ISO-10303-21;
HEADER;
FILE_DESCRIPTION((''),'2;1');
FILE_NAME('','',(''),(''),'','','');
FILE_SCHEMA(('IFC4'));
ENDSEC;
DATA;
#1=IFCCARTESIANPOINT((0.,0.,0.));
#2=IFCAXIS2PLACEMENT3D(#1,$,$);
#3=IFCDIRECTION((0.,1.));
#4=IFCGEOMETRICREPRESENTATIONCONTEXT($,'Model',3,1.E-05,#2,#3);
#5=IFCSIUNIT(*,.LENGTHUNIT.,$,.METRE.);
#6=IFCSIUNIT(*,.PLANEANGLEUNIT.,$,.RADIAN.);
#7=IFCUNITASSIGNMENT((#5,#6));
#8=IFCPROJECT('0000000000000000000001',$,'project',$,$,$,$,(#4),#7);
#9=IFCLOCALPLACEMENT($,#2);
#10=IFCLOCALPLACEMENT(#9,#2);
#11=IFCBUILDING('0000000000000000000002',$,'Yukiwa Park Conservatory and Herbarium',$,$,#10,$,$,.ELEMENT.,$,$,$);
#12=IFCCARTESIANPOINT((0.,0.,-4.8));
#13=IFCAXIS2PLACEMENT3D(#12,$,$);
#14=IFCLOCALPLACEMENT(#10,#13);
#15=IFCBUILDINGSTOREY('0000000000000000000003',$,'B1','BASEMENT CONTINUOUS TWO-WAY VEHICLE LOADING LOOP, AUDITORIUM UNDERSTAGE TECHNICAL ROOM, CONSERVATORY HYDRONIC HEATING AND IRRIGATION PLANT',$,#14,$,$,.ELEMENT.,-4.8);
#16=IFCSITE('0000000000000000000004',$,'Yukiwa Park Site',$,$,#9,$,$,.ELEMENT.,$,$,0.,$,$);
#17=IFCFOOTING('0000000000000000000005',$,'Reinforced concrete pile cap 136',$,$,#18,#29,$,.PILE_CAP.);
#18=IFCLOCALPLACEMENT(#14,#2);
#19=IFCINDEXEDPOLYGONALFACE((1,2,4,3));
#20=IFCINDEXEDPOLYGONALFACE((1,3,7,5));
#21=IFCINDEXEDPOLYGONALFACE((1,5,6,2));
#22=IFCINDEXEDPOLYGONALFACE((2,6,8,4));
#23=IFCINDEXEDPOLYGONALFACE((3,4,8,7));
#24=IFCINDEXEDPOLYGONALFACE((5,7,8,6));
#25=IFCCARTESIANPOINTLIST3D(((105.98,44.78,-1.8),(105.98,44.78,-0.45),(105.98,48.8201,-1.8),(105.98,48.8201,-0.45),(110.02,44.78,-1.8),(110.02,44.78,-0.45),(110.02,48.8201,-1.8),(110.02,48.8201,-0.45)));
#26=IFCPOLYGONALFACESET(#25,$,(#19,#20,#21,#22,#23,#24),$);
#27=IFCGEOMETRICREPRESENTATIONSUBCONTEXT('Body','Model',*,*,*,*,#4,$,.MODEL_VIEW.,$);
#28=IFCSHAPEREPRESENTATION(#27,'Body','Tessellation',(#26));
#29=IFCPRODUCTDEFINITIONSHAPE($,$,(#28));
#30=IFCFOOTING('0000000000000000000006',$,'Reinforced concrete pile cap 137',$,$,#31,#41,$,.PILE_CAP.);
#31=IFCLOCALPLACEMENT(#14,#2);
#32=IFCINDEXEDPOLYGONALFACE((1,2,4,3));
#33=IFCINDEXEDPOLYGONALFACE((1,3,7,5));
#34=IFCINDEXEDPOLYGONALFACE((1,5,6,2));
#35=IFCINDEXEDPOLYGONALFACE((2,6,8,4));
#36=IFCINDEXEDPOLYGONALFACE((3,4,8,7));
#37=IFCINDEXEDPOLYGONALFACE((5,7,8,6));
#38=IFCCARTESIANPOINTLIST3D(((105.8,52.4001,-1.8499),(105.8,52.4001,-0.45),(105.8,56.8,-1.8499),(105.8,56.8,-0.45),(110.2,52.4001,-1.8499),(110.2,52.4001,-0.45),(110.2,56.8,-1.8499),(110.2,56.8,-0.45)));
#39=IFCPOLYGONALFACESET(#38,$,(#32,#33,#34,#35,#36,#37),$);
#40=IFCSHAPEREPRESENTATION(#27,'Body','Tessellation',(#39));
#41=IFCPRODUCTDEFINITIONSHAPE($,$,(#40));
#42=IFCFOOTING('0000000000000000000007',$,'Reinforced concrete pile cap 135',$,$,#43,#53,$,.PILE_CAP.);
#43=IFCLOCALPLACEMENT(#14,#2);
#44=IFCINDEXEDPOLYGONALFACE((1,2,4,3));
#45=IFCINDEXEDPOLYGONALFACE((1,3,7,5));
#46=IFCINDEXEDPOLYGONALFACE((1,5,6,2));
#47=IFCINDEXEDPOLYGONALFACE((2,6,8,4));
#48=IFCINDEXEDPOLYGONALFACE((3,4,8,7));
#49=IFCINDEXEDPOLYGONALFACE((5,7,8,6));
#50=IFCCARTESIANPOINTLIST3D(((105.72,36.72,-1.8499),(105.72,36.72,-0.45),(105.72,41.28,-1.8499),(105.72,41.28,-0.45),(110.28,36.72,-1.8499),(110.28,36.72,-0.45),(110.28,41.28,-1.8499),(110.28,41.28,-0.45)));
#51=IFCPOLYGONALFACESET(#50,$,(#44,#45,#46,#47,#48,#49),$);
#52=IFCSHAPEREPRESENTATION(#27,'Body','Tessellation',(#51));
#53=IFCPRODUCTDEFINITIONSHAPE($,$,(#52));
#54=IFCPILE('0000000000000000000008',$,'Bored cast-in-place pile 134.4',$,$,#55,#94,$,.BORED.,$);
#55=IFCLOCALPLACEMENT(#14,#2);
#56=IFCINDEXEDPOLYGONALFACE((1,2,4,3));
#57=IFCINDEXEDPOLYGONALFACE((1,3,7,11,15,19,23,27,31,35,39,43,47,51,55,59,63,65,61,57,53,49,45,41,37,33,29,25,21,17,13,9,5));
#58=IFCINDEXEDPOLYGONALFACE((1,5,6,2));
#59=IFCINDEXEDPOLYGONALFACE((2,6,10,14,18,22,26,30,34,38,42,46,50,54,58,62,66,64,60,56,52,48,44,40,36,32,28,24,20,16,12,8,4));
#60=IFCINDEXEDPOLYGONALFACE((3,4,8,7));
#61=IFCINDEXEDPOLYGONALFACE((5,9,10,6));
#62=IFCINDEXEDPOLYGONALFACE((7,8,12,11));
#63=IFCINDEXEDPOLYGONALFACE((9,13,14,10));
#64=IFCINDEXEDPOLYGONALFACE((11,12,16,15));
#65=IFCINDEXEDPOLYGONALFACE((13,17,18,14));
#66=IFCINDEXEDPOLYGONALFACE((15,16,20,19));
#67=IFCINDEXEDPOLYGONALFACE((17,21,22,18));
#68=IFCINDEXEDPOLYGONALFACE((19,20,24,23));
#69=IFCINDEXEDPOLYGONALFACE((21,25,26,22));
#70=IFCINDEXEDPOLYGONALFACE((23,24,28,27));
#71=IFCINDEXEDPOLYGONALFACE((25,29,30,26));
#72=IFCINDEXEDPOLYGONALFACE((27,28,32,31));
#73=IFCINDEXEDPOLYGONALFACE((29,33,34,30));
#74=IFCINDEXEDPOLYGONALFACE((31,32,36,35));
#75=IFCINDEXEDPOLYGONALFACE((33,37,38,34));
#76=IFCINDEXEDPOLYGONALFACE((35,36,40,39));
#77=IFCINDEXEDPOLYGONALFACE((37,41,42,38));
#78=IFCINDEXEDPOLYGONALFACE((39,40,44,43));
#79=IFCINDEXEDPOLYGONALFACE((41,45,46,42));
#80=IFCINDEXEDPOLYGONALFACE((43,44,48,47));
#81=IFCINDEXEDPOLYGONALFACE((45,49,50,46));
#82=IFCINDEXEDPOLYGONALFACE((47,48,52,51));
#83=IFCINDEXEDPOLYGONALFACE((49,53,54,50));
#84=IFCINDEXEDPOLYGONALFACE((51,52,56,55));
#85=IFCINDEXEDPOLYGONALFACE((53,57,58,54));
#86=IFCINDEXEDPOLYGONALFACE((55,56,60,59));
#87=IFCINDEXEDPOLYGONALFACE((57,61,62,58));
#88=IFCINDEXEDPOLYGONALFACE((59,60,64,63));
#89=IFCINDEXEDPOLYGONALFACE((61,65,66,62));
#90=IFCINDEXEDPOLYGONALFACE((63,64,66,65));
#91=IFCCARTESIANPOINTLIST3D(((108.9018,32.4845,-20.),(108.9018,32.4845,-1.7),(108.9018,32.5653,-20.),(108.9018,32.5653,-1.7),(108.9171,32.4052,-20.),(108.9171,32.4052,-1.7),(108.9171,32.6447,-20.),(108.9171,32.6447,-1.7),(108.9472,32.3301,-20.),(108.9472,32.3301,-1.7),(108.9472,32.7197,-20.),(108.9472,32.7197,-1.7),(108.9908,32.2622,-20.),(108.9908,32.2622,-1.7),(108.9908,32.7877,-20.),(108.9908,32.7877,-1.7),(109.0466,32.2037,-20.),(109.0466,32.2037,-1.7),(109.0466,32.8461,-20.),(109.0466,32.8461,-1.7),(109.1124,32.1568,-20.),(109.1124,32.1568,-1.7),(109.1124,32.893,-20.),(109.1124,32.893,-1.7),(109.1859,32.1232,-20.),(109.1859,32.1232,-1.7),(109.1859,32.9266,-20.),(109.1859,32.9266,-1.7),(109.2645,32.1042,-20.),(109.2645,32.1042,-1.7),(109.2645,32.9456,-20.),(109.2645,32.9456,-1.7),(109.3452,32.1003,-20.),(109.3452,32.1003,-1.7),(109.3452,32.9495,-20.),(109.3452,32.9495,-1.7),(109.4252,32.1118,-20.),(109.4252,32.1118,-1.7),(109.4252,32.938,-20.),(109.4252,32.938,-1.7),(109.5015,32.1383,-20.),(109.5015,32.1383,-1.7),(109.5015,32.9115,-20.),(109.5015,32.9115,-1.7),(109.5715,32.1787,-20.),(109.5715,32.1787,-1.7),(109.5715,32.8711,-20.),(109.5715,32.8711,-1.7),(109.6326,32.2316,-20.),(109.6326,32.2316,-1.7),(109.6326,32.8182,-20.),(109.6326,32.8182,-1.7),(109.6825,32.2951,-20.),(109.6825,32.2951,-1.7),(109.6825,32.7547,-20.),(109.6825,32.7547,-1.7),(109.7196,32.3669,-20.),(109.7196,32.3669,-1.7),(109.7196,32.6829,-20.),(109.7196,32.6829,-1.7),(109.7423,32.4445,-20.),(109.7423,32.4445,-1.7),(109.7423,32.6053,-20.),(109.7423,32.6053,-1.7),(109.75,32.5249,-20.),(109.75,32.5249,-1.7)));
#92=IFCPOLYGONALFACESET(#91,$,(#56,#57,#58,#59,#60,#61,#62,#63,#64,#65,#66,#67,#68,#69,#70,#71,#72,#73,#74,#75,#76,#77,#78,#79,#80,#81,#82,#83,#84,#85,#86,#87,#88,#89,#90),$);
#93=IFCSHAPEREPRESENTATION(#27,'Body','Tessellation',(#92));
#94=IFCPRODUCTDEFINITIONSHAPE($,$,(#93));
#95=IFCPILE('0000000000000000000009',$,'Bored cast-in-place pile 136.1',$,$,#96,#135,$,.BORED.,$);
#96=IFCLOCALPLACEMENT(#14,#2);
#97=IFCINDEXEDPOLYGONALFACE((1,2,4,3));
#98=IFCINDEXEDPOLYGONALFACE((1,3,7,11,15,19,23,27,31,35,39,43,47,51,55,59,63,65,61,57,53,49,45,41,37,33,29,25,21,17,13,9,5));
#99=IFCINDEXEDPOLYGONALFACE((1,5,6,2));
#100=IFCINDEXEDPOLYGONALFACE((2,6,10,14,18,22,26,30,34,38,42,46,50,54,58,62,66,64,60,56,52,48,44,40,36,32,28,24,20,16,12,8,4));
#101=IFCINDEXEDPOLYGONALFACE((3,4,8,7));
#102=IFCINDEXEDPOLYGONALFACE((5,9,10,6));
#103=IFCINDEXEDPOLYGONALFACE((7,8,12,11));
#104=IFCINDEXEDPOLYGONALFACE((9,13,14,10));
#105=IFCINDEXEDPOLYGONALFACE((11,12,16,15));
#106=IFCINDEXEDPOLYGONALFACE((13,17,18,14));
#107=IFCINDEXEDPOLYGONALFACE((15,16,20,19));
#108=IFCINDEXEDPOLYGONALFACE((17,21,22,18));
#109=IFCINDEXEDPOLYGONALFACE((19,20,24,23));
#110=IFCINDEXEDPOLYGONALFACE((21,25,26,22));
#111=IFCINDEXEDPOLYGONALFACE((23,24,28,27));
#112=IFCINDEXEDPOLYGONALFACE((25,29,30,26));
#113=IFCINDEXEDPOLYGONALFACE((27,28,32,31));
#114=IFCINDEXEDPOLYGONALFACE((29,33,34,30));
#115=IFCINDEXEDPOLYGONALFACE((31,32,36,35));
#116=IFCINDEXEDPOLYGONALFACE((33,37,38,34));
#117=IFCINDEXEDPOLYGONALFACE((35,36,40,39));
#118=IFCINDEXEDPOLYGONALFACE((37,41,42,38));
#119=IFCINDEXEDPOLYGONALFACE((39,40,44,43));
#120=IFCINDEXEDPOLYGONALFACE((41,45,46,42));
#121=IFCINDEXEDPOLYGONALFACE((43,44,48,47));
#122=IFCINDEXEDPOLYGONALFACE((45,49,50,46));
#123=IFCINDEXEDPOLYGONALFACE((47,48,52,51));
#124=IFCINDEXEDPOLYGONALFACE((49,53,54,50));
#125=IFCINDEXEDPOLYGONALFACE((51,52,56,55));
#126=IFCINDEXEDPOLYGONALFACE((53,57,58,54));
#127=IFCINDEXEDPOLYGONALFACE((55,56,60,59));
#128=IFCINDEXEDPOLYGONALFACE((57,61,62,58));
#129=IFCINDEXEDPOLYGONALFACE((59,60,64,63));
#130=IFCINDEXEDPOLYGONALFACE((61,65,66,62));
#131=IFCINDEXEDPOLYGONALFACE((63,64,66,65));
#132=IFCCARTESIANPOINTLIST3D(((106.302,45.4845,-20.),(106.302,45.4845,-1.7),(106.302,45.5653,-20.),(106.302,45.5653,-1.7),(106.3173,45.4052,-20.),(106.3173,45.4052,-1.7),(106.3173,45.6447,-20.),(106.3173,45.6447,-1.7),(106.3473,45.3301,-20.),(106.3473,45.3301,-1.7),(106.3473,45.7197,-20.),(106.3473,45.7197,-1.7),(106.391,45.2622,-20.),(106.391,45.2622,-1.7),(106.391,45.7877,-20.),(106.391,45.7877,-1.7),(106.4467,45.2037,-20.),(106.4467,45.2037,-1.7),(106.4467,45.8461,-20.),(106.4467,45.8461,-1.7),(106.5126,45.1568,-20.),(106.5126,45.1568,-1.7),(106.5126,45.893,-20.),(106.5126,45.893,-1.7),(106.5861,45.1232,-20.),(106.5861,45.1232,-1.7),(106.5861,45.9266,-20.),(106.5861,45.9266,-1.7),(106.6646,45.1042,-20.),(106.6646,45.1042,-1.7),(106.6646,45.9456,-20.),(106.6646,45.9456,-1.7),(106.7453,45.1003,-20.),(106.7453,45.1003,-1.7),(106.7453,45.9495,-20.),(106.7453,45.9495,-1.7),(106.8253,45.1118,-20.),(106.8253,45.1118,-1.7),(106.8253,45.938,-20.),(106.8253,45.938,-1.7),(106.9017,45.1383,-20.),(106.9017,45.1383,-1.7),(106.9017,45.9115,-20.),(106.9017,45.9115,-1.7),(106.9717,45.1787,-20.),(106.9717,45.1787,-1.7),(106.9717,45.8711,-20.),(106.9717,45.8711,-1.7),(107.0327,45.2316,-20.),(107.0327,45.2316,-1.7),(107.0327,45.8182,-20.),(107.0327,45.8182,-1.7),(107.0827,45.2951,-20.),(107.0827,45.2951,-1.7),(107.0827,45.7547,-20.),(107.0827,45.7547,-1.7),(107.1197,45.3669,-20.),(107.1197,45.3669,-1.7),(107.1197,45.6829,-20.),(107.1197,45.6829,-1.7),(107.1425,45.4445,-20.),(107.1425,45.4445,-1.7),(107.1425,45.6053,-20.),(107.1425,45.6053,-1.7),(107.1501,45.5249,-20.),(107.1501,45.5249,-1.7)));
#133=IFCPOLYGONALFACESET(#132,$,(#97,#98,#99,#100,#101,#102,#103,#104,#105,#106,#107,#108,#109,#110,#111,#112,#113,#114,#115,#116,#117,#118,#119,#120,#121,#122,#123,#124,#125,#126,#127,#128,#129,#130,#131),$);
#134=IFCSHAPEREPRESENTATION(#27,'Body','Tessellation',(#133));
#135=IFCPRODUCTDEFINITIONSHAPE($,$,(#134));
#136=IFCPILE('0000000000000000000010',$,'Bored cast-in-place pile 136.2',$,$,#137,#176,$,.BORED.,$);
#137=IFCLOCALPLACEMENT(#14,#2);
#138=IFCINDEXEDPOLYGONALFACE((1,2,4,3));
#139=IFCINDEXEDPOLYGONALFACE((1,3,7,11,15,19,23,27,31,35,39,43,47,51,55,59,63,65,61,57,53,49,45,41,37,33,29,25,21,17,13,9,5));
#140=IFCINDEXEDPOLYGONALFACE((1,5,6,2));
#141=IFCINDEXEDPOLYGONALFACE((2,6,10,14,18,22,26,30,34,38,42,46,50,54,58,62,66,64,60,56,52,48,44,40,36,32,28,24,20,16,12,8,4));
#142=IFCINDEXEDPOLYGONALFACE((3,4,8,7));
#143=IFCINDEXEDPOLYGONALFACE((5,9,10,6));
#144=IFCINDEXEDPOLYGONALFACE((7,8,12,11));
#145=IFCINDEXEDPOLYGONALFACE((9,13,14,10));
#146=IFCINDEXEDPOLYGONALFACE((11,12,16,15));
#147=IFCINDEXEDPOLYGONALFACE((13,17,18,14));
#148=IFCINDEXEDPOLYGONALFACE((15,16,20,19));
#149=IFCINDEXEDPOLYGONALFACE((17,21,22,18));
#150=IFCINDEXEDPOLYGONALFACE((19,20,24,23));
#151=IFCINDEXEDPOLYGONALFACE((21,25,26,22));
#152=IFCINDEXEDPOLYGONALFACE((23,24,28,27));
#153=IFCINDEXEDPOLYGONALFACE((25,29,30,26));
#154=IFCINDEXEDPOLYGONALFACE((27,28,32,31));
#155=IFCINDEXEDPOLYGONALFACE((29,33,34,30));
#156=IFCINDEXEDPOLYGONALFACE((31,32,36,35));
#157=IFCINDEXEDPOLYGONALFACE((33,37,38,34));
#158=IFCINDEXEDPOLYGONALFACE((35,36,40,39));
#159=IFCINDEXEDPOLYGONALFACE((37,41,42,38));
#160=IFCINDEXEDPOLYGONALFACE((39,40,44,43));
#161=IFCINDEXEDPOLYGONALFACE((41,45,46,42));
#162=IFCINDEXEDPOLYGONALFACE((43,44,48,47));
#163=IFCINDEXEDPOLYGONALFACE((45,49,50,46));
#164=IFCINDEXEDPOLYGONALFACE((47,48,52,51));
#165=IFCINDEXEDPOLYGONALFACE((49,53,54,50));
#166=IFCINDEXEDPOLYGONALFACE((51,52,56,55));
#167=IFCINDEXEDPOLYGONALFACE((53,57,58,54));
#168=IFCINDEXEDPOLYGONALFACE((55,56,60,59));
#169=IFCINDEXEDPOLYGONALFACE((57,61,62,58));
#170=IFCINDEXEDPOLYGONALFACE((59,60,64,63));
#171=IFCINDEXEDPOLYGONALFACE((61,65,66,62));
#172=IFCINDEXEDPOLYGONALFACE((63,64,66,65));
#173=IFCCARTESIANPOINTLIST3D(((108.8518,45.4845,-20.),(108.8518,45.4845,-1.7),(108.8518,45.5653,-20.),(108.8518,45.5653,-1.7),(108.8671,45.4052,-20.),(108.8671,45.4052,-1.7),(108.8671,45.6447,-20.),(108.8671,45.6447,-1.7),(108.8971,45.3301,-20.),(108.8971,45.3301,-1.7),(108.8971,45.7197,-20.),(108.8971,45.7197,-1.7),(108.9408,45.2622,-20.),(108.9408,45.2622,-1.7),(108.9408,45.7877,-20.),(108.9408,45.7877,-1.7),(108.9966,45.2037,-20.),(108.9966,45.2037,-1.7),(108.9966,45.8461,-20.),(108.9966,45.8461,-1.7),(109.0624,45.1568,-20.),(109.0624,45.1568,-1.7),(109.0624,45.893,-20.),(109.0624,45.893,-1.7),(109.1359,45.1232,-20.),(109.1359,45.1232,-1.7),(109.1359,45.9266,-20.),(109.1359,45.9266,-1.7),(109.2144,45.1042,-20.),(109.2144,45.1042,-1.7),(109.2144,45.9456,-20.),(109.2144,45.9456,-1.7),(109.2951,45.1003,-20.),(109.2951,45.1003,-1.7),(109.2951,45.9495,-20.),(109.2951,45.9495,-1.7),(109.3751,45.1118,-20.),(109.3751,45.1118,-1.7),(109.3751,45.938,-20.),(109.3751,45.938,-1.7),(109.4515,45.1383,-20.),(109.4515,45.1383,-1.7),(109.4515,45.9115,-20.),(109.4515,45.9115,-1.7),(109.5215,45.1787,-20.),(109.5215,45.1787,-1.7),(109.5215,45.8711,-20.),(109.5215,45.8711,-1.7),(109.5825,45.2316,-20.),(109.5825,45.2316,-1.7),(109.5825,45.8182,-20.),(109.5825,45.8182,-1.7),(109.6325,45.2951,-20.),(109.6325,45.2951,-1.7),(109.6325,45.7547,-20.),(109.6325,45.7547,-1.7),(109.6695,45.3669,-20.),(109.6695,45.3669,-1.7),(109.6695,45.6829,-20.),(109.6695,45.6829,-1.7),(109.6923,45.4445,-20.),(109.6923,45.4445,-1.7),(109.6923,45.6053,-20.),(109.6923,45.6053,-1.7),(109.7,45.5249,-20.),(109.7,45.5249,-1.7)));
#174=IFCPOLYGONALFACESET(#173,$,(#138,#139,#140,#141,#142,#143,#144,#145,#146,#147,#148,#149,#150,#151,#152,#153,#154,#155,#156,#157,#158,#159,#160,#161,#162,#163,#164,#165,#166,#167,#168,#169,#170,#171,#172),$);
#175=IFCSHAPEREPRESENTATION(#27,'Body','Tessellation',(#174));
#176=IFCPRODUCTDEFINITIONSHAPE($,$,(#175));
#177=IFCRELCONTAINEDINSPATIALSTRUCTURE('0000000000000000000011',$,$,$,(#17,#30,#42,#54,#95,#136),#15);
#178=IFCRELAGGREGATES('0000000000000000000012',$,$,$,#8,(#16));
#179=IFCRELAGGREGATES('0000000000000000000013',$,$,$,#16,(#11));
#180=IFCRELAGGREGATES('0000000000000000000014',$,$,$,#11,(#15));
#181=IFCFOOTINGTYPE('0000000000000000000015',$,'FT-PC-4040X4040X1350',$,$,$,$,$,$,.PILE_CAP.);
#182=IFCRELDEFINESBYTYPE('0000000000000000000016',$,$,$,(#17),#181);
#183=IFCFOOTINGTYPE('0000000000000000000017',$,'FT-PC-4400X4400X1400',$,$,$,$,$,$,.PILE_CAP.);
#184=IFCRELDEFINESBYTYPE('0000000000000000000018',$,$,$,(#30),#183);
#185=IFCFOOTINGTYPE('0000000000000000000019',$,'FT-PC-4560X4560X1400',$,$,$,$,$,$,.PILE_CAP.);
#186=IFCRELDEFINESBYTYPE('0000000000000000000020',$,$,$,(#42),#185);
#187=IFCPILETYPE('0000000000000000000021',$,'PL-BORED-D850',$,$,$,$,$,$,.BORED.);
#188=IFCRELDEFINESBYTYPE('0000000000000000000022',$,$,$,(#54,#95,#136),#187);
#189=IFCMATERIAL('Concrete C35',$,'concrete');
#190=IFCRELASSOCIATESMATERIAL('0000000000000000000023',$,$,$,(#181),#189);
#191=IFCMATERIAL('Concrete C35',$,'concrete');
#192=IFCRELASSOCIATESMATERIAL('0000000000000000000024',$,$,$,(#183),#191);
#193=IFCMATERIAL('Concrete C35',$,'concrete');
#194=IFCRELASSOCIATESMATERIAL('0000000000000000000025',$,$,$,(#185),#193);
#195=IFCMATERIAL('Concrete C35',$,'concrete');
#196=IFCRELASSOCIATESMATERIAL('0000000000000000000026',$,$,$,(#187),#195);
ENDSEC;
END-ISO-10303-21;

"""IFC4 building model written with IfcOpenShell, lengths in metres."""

from ifc_helpers import new_model, si_unit, direction, frame, origin, origin_2d, place, context, subcontext, project, spatial, rectangle, circle, extrude, material, material_profile, profile_set, type_object, element, save


model = new_model("IFC4")

# Units and contexts
model_context = context("Model", 3, precision=1e-05, world=origin(), true_north=direction((0.0, 1.0)))
body_context = subcontext(model_context, "Body", "Model", "MODEL_VIEW")
ifc_project = project(units=[si_unit("LENGTHUNIT", "METRE"), si_unit("PLANEANGLEUNIT", "RADIAN")], contexts=[model_context])

# Site, building, storey
site_placement = place(None, origin())
site = spatial("IfcSite", under=ifc_project, at=site_placement, Name="Yukiwa Park Site", CompositionType="ELEMENT", RefElevation=0.0)
building_placement = place(site_placement, origin())
building = spatial("IfcBuilding", under=site, at=building_placement, Name="Yukiwa Park Conservatory and Herbarium", CompositionType="ELEMENT")
storey_placement = place(building_placement, frame((0.0, 0.0, -4.8)))
storey = spatial("IfcBuildingStorey", under=building, at=storey_placement, Name="B1", Description="BASEMENT CONTINUOUS TWO-WAY VEHICLE LOADING LOOP, AUDITORIUM UNDERSTAGE TECHNICAL ROOM, CONSERVATORY HYDRONIC HEATING AND IRRIGATION PLANT", CompositionType="ELEMENT", Elevation=-4.8)

# Footings
ifc_material_1 = material(Name="Concrete C35", Category="concrete")
footing_type_1 = type_object("IfcFootingType", Name="FT-PC-4040X4040X1350", PredefinedType="PILE_CAP", material=ifc_material_1)
footing_1_placement = place(storey_placement, frame((108.0, 46.8, -1.8), z_axis=(0.0, 0.0, 1.0), x_axis=(1.0, 0.0, 0.0)))
element("IfcFooting", 1, at=footing_1_placement, inside=storey, type_object=footing_type_1, Name="Reinforced concrete pile cap 136", PredefinedType="PILE_CAP", context=body_context, shape_type="SweptSolid", body=[
    extrude(rectangle(XDim=4.04, YDim=4.04, at=origin_2d()), origin(), (0.0, 0.0, 1.0), 1.3501),
])
ifc_material_2 = material(Name="Concrete C35", Category="concrete")
footing_type_2 = type_object("IfcFootingType", Name="FT-PC-4400X4400X1400", PredefinedType="PILE_CAP", material=ifc_material_2)
footing_2_placement = place(storey_placement, frame((108.0, 54.6001, -1.8499), z_axis=(0.0, 0.0, 1.0), x_axis=(1.0, 0.0, 0.0)))
element("IfcFooting", 2, at=footing_2_placement, inside=storey, type_object=footing_type_2, Name="Reinforced concrete pile cap 137", PredefinedType="PILE_CAP", context=body_context, shape_type="SweptSolid", body=[
    extrude(rectangle(XDim=4.3999, YDim=4.3999, at=origin_2d()), origin(), (0.0, 0.0, 1.0), 1.3999),
])
ifc_material_3 = material(Name="Concrete C35", Category="concrete")
footing_type_3 = type_object("IfcFootingType", Name="FT-PC-4560X4560X1400", PredefinedType="PILE_CAP", material=ifc_material_3)
footing_3_placement = place(storey_placement, frame((108.0, 39.0, -1.8499), z_axis=(0.0, 0.0, 1.0), x_axis=(1.0, 0.0, 0.0)))
element("IfcFooting", 3, at=footing_3_placement, inside=storey, type_object=footing_type_3, Name="Reinforced concrete pile cap 135", PredefinedType="PILE_CAP", context=body_context, shape_type="SweptSolid", body=[
    extrude(rectangle(XDim=4.5601, YDim=4.5601, at=origin_2d()), origin(), (0.0, 0.0, 1.0), 1.3999),
])

# Piles
ifc_material_4 = material(Name="Concrete C35", Category="concrete")
ifc_material_profile_1 = material_profile(ifc_material_4, circle(Radius=0.425, at=origin_2d()), Name="PILE D850")
ifc_profile_set_1 = profile_set([ifc_material_profile_1], Name="Concrete C35")
pile_type_1 = type_object("IfcPileType", Name="PL-BORED-D850", PredefinedType="BORED", material=ifc_profile_set_1)
for number, where, z_axis, x_axis, name in (
    (4, (109.325, 32.5249, -1.7), (0.0, 0.0, -1.0), (1.0, 0.0, 0.0), "Bored cast-in-place pile 134.4"),
    (5, (106.7251, 45.5249, -1.7), (0.0, 0.0, -1.0), (1.0, 0.0, 0.0), "Bored cast-in-place pile 136.1"),
    (6, (109.2749, 45.5249, -1.7), (0.0, 0.0, -1.0), (1.0, 0.0, 0.0), "Bored cast-in-place pile 136.2"),
):
    element("IfcPile", number, at=place(storey_placement, frame(where, z_axis=z_axis, x_axis=x_axis)), inside=storey, type_object=pile_type_1, Name=name, PredefinedType="BORED", context=body_context, shape_type="SweptSolid", body=[
        extrude(circle(Radius=0.425, at=origin_2d()), origin(), (0.0, 0.0, 1.0), 18.3),
    ])

save(model, "model.ifc")
